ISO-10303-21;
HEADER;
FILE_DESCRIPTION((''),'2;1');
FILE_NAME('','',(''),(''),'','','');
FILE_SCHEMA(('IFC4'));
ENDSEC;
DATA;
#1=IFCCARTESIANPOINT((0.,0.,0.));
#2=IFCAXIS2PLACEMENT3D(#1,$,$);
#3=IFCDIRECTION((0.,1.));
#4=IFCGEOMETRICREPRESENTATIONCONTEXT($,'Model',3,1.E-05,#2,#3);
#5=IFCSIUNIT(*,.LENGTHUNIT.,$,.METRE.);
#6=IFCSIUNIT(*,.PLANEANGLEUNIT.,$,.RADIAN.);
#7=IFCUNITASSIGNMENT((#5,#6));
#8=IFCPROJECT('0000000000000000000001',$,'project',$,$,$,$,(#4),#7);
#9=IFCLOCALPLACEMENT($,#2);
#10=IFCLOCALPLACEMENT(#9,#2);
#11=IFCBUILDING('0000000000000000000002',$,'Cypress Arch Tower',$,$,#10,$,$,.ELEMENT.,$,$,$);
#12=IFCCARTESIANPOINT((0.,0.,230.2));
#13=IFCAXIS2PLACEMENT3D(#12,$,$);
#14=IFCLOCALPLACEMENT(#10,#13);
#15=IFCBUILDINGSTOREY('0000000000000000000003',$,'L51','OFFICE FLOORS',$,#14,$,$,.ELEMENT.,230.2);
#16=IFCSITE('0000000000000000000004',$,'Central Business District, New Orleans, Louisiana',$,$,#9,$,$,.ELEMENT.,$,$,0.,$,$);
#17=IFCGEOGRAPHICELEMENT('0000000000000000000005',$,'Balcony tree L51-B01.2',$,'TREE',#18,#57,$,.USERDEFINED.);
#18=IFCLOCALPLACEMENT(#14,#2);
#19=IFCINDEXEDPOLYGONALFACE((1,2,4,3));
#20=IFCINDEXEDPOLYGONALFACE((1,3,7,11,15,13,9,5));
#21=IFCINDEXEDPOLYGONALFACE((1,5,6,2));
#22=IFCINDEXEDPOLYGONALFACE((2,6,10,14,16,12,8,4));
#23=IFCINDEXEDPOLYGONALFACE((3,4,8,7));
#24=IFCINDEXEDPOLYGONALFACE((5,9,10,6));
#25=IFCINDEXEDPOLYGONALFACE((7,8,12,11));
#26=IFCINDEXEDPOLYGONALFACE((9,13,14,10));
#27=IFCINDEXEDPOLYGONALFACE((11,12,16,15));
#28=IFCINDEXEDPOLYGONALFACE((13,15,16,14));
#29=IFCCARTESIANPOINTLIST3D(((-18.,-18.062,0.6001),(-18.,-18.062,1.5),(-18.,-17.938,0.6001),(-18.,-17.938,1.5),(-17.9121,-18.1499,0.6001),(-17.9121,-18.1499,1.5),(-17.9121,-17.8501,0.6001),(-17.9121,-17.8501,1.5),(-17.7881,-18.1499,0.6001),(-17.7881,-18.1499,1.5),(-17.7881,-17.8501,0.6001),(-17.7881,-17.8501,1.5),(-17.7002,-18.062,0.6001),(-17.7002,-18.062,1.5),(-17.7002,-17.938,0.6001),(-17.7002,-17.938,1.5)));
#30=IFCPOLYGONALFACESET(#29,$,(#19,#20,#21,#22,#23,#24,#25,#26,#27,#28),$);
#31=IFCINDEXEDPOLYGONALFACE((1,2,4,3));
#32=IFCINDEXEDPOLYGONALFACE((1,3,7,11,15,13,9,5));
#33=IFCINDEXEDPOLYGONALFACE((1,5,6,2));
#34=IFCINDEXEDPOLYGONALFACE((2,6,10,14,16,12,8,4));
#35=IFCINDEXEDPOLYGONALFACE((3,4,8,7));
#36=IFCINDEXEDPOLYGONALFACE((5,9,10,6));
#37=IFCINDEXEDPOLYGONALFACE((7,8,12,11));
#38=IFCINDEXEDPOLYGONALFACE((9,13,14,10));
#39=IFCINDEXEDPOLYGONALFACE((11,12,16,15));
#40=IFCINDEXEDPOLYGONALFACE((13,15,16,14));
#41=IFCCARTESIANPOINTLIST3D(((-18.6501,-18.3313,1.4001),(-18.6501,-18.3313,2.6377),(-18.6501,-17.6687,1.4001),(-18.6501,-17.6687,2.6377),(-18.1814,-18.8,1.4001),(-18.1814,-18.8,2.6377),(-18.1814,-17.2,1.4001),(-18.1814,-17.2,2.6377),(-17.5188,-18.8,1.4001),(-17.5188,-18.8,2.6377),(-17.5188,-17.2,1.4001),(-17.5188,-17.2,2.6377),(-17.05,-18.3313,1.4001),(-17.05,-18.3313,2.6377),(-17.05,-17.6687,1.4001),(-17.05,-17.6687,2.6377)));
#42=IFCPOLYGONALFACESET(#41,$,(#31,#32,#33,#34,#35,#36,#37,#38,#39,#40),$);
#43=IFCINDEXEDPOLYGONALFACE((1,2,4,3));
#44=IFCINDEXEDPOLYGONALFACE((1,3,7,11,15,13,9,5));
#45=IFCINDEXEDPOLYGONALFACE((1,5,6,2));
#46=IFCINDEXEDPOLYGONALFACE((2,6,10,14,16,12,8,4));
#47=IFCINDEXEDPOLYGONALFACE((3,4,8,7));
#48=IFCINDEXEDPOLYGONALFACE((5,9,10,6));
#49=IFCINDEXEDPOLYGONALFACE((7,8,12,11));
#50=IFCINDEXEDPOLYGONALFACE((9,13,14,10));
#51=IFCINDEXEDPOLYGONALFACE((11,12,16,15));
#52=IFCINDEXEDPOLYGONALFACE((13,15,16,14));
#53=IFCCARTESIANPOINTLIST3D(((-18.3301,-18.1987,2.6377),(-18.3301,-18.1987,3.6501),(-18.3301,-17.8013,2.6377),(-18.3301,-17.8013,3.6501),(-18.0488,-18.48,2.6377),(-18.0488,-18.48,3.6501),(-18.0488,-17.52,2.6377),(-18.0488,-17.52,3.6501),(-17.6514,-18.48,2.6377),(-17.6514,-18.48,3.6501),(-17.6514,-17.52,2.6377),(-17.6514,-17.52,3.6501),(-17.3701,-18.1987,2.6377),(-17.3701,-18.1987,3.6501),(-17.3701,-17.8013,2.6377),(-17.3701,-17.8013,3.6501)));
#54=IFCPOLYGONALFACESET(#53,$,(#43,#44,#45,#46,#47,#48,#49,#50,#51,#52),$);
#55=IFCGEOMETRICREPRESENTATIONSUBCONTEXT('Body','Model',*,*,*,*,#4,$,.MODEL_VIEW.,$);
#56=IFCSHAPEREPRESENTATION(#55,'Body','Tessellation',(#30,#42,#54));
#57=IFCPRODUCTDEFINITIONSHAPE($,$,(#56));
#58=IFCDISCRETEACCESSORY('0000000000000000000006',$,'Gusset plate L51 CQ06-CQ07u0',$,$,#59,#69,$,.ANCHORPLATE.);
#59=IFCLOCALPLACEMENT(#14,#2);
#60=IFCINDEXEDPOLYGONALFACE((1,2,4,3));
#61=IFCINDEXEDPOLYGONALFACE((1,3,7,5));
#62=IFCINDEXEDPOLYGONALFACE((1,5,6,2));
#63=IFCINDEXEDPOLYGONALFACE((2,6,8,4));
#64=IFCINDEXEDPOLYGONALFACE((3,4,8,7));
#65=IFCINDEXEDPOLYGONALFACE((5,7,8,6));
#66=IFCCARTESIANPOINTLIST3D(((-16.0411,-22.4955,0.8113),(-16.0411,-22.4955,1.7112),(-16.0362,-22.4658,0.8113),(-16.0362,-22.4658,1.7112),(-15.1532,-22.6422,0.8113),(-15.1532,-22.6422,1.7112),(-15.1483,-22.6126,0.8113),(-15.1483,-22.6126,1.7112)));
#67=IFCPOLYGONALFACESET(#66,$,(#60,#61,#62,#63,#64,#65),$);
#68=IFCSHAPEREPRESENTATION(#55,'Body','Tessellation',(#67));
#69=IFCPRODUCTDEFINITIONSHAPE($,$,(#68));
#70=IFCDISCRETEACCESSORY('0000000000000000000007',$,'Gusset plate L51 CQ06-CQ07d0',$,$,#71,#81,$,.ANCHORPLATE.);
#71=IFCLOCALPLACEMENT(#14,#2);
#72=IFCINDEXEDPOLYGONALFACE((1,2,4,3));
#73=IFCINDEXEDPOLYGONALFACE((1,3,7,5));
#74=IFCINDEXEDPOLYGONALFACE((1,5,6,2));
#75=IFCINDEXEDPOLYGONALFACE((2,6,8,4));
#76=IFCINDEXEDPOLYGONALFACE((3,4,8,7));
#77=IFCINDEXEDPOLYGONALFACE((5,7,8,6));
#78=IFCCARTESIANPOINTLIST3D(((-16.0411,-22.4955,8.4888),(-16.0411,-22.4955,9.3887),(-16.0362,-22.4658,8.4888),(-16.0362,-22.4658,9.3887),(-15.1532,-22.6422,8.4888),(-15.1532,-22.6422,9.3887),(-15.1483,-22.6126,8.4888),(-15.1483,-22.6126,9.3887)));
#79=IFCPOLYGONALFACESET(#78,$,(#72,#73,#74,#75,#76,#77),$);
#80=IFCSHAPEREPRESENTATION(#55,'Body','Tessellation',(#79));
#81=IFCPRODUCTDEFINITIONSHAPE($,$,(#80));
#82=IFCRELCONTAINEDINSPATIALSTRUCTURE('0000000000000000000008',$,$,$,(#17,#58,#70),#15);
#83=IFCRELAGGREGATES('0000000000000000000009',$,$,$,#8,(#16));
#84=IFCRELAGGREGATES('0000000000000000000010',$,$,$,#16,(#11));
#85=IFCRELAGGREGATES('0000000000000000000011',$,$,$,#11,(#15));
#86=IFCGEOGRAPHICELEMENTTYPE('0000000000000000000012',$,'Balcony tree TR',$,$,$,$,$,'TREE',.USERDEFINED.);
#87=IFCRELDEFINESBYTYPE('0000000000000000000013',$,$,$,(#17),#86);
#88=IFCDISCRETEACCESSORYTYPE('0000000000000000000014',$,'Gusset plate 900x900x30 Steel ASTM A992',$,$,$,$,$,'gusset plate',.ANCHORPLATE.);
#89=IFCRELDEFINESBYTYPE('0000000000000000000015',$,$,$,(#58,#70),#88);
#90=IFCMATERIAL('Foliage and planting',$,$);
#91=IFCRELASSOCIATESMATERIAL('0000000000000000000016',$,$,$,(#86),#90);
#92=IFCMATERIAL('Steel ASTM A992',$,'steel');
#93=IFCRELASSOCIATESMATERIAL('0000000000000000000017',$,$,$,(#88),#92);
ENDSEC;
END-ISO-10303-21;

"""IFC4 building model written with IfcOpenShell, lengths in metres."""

from ifc_helpers import new_model, si_unit, direction, frame, origin, origin_2d, place, context, subcontext, project, spatial, polyline, rectangle, outline, extrude, material, material_profile, profile_set, type_object, element, save


model = new_model("IFC4")

# Units and contexts
model_context = context("Model", 3, precision=1e-05, world=origin(), true_north=direction((0.0, 1.0)))
body_context = subcontext(model_context, "Body", "Model", "MODEL_VIEW")
ifc_project = project(units=[si_unit("LENGTHUNIT", "METRE"), si_unit("PLANEANGLEUNIT", "RADIAN")], contexts=[model_context])

# Site, building, storey
site_placement = place(None, origin())
site = spatial("IfcSite", under=ifc_project, at=site_placement, Name="Central Business District, New Orleans, Louisiana", CompositionType="ELEMENT", RefElevation=0.0)
building_placement = place(site_placement, origin())
building = spatial("IfcBuilding", under=site, at=building_placement, Name="Cypress Arch Tower", CompositionType="ELEMENT")
storey_placement = place(building_placement, frame((0.0, 0.0, 230.2)))
storey = spatial("IfcBuildingStorey", under=building, at=storey_placement, Name="L51", Description="OFFICE FLOORS", CompositionType="ELEMENT", Elevation=230.2)

# Geographic element
ifc_material_1 = material(Name="Foliage and planting")
geographic_element_type = type_object("IfcGeographicElementType", Name="Balcony tree TR", ElementType="TREE", PredefinedType="USERDEFINED", material=ifc_material_1)
for number, where, z_axis, x_axis, name in (
    (1, (-17.8501, -18.0, 0.6001), (0.0, 0.0, 1.0), (1.0, 0.0, 0.0), "Balcony tree L51-B01.2"),
):
    element("IfcGeographicElement", number, at=place(storey_placement, frame(where, z_axis=z_axis, x_axis=x_axis)), inside=storey, type_object=geographic_element_type, Name=name, ObjectType="TREE", PredefinedType="USERDEFINED", context=body_context, shape_type="SweptSolid", body=[
        extrude(outline(polyline([(0.1499, 0.062), (0.062, 0.1499), (-0.062, 0.1499), (-0.1499, 0.062), (-0.1499, -0.062), (-0.062, -0.1499), (0.062, -0.1499), (0.1499, -0.062), (0.1499, 0.062)])), origin(), (0.0, 0.0, 1.0), 0.8999),
        extrude(outline(polyline([(0.8, 0.3313), (0.3313, 0.8), (-0.3313, 0.8), (-0.8, 0.3313), (-0.8, -0.3313), (-0.3313, -0.8), (0.3313, -0.8), (0.8, -0.3313), (0.8, 0.3313)])), frame((0.0, 0.0, 0.8)), (0.0, 0.0, 1.0), 1.2375),
        extrude(outline(polyline([(0.48, 0.1987), (0.1987, 0.48), (-0.1987, 0.48), (-0.48, 0.1987), (-0.48, -0.1987), (-0.1987, -0.48), (0.1987, -0.48), (0.48, -0.1987), (0.48, 0.1987)])), frame((0.0, 0.0, 2.0376)), (0.0, 0.0, 1.0), 1.0125),
    ])

# Discrete accessories
ifc_material_2 = material(Name="Steel ASTM A992", Category="steel")
ifc_material_profile_1 = material_profile(ifc_material_2, rectangle(XDim=0.8999, YDim=0.8999, at=origin_2d()), Name="PL 30 900x900")
ifc_profile_set_1 = profile_set([ifc_material_profile_1], Name="Steel ASTM A992")
discrete_accessory_type = type_object("IfcDiscreteAccessoryType", Name="Gusset plate 900x900x30 Steel ASTM A992", ElementType="gusset plate", PredefinedType="ANCHORPLATE", material=ifc_profile_set_1)
for number, where, z_axis, x_axis, name in (
    (2, (-15.5972, -22.5688, 1.2612), (0.163077, 0.986613, 0.0), (-0.986613, 0.163077, 0.0), "Gusset plate L51 CQ06-CQ07u0"),
    (3, (-15.5972, -22.5688, 8.9387), (0.163077, 0.986613, 0.0), (-0.986613, 0.163077, 0.0), "Gusset plate L51 CQ06-CQ07d0"),
):
    element("IfcDiscreteAccessory", number, at=place(storey_placement, frame(where, z_axis=z_axis, x_axis=x_axis)), inside=storey, type_object=discrete_accessory_type, Name=name, PredefinedType="ANCHORPLATE", context=body_context, shape_type="SweptSolid", body=[
        extrude(rectangle(XDim=0.8999, YDim=0.8999, at=origin_2d()), origin(), (0.0, 0.0, 1.0), 0.03),
    ])

save(model, "model.ifc")
